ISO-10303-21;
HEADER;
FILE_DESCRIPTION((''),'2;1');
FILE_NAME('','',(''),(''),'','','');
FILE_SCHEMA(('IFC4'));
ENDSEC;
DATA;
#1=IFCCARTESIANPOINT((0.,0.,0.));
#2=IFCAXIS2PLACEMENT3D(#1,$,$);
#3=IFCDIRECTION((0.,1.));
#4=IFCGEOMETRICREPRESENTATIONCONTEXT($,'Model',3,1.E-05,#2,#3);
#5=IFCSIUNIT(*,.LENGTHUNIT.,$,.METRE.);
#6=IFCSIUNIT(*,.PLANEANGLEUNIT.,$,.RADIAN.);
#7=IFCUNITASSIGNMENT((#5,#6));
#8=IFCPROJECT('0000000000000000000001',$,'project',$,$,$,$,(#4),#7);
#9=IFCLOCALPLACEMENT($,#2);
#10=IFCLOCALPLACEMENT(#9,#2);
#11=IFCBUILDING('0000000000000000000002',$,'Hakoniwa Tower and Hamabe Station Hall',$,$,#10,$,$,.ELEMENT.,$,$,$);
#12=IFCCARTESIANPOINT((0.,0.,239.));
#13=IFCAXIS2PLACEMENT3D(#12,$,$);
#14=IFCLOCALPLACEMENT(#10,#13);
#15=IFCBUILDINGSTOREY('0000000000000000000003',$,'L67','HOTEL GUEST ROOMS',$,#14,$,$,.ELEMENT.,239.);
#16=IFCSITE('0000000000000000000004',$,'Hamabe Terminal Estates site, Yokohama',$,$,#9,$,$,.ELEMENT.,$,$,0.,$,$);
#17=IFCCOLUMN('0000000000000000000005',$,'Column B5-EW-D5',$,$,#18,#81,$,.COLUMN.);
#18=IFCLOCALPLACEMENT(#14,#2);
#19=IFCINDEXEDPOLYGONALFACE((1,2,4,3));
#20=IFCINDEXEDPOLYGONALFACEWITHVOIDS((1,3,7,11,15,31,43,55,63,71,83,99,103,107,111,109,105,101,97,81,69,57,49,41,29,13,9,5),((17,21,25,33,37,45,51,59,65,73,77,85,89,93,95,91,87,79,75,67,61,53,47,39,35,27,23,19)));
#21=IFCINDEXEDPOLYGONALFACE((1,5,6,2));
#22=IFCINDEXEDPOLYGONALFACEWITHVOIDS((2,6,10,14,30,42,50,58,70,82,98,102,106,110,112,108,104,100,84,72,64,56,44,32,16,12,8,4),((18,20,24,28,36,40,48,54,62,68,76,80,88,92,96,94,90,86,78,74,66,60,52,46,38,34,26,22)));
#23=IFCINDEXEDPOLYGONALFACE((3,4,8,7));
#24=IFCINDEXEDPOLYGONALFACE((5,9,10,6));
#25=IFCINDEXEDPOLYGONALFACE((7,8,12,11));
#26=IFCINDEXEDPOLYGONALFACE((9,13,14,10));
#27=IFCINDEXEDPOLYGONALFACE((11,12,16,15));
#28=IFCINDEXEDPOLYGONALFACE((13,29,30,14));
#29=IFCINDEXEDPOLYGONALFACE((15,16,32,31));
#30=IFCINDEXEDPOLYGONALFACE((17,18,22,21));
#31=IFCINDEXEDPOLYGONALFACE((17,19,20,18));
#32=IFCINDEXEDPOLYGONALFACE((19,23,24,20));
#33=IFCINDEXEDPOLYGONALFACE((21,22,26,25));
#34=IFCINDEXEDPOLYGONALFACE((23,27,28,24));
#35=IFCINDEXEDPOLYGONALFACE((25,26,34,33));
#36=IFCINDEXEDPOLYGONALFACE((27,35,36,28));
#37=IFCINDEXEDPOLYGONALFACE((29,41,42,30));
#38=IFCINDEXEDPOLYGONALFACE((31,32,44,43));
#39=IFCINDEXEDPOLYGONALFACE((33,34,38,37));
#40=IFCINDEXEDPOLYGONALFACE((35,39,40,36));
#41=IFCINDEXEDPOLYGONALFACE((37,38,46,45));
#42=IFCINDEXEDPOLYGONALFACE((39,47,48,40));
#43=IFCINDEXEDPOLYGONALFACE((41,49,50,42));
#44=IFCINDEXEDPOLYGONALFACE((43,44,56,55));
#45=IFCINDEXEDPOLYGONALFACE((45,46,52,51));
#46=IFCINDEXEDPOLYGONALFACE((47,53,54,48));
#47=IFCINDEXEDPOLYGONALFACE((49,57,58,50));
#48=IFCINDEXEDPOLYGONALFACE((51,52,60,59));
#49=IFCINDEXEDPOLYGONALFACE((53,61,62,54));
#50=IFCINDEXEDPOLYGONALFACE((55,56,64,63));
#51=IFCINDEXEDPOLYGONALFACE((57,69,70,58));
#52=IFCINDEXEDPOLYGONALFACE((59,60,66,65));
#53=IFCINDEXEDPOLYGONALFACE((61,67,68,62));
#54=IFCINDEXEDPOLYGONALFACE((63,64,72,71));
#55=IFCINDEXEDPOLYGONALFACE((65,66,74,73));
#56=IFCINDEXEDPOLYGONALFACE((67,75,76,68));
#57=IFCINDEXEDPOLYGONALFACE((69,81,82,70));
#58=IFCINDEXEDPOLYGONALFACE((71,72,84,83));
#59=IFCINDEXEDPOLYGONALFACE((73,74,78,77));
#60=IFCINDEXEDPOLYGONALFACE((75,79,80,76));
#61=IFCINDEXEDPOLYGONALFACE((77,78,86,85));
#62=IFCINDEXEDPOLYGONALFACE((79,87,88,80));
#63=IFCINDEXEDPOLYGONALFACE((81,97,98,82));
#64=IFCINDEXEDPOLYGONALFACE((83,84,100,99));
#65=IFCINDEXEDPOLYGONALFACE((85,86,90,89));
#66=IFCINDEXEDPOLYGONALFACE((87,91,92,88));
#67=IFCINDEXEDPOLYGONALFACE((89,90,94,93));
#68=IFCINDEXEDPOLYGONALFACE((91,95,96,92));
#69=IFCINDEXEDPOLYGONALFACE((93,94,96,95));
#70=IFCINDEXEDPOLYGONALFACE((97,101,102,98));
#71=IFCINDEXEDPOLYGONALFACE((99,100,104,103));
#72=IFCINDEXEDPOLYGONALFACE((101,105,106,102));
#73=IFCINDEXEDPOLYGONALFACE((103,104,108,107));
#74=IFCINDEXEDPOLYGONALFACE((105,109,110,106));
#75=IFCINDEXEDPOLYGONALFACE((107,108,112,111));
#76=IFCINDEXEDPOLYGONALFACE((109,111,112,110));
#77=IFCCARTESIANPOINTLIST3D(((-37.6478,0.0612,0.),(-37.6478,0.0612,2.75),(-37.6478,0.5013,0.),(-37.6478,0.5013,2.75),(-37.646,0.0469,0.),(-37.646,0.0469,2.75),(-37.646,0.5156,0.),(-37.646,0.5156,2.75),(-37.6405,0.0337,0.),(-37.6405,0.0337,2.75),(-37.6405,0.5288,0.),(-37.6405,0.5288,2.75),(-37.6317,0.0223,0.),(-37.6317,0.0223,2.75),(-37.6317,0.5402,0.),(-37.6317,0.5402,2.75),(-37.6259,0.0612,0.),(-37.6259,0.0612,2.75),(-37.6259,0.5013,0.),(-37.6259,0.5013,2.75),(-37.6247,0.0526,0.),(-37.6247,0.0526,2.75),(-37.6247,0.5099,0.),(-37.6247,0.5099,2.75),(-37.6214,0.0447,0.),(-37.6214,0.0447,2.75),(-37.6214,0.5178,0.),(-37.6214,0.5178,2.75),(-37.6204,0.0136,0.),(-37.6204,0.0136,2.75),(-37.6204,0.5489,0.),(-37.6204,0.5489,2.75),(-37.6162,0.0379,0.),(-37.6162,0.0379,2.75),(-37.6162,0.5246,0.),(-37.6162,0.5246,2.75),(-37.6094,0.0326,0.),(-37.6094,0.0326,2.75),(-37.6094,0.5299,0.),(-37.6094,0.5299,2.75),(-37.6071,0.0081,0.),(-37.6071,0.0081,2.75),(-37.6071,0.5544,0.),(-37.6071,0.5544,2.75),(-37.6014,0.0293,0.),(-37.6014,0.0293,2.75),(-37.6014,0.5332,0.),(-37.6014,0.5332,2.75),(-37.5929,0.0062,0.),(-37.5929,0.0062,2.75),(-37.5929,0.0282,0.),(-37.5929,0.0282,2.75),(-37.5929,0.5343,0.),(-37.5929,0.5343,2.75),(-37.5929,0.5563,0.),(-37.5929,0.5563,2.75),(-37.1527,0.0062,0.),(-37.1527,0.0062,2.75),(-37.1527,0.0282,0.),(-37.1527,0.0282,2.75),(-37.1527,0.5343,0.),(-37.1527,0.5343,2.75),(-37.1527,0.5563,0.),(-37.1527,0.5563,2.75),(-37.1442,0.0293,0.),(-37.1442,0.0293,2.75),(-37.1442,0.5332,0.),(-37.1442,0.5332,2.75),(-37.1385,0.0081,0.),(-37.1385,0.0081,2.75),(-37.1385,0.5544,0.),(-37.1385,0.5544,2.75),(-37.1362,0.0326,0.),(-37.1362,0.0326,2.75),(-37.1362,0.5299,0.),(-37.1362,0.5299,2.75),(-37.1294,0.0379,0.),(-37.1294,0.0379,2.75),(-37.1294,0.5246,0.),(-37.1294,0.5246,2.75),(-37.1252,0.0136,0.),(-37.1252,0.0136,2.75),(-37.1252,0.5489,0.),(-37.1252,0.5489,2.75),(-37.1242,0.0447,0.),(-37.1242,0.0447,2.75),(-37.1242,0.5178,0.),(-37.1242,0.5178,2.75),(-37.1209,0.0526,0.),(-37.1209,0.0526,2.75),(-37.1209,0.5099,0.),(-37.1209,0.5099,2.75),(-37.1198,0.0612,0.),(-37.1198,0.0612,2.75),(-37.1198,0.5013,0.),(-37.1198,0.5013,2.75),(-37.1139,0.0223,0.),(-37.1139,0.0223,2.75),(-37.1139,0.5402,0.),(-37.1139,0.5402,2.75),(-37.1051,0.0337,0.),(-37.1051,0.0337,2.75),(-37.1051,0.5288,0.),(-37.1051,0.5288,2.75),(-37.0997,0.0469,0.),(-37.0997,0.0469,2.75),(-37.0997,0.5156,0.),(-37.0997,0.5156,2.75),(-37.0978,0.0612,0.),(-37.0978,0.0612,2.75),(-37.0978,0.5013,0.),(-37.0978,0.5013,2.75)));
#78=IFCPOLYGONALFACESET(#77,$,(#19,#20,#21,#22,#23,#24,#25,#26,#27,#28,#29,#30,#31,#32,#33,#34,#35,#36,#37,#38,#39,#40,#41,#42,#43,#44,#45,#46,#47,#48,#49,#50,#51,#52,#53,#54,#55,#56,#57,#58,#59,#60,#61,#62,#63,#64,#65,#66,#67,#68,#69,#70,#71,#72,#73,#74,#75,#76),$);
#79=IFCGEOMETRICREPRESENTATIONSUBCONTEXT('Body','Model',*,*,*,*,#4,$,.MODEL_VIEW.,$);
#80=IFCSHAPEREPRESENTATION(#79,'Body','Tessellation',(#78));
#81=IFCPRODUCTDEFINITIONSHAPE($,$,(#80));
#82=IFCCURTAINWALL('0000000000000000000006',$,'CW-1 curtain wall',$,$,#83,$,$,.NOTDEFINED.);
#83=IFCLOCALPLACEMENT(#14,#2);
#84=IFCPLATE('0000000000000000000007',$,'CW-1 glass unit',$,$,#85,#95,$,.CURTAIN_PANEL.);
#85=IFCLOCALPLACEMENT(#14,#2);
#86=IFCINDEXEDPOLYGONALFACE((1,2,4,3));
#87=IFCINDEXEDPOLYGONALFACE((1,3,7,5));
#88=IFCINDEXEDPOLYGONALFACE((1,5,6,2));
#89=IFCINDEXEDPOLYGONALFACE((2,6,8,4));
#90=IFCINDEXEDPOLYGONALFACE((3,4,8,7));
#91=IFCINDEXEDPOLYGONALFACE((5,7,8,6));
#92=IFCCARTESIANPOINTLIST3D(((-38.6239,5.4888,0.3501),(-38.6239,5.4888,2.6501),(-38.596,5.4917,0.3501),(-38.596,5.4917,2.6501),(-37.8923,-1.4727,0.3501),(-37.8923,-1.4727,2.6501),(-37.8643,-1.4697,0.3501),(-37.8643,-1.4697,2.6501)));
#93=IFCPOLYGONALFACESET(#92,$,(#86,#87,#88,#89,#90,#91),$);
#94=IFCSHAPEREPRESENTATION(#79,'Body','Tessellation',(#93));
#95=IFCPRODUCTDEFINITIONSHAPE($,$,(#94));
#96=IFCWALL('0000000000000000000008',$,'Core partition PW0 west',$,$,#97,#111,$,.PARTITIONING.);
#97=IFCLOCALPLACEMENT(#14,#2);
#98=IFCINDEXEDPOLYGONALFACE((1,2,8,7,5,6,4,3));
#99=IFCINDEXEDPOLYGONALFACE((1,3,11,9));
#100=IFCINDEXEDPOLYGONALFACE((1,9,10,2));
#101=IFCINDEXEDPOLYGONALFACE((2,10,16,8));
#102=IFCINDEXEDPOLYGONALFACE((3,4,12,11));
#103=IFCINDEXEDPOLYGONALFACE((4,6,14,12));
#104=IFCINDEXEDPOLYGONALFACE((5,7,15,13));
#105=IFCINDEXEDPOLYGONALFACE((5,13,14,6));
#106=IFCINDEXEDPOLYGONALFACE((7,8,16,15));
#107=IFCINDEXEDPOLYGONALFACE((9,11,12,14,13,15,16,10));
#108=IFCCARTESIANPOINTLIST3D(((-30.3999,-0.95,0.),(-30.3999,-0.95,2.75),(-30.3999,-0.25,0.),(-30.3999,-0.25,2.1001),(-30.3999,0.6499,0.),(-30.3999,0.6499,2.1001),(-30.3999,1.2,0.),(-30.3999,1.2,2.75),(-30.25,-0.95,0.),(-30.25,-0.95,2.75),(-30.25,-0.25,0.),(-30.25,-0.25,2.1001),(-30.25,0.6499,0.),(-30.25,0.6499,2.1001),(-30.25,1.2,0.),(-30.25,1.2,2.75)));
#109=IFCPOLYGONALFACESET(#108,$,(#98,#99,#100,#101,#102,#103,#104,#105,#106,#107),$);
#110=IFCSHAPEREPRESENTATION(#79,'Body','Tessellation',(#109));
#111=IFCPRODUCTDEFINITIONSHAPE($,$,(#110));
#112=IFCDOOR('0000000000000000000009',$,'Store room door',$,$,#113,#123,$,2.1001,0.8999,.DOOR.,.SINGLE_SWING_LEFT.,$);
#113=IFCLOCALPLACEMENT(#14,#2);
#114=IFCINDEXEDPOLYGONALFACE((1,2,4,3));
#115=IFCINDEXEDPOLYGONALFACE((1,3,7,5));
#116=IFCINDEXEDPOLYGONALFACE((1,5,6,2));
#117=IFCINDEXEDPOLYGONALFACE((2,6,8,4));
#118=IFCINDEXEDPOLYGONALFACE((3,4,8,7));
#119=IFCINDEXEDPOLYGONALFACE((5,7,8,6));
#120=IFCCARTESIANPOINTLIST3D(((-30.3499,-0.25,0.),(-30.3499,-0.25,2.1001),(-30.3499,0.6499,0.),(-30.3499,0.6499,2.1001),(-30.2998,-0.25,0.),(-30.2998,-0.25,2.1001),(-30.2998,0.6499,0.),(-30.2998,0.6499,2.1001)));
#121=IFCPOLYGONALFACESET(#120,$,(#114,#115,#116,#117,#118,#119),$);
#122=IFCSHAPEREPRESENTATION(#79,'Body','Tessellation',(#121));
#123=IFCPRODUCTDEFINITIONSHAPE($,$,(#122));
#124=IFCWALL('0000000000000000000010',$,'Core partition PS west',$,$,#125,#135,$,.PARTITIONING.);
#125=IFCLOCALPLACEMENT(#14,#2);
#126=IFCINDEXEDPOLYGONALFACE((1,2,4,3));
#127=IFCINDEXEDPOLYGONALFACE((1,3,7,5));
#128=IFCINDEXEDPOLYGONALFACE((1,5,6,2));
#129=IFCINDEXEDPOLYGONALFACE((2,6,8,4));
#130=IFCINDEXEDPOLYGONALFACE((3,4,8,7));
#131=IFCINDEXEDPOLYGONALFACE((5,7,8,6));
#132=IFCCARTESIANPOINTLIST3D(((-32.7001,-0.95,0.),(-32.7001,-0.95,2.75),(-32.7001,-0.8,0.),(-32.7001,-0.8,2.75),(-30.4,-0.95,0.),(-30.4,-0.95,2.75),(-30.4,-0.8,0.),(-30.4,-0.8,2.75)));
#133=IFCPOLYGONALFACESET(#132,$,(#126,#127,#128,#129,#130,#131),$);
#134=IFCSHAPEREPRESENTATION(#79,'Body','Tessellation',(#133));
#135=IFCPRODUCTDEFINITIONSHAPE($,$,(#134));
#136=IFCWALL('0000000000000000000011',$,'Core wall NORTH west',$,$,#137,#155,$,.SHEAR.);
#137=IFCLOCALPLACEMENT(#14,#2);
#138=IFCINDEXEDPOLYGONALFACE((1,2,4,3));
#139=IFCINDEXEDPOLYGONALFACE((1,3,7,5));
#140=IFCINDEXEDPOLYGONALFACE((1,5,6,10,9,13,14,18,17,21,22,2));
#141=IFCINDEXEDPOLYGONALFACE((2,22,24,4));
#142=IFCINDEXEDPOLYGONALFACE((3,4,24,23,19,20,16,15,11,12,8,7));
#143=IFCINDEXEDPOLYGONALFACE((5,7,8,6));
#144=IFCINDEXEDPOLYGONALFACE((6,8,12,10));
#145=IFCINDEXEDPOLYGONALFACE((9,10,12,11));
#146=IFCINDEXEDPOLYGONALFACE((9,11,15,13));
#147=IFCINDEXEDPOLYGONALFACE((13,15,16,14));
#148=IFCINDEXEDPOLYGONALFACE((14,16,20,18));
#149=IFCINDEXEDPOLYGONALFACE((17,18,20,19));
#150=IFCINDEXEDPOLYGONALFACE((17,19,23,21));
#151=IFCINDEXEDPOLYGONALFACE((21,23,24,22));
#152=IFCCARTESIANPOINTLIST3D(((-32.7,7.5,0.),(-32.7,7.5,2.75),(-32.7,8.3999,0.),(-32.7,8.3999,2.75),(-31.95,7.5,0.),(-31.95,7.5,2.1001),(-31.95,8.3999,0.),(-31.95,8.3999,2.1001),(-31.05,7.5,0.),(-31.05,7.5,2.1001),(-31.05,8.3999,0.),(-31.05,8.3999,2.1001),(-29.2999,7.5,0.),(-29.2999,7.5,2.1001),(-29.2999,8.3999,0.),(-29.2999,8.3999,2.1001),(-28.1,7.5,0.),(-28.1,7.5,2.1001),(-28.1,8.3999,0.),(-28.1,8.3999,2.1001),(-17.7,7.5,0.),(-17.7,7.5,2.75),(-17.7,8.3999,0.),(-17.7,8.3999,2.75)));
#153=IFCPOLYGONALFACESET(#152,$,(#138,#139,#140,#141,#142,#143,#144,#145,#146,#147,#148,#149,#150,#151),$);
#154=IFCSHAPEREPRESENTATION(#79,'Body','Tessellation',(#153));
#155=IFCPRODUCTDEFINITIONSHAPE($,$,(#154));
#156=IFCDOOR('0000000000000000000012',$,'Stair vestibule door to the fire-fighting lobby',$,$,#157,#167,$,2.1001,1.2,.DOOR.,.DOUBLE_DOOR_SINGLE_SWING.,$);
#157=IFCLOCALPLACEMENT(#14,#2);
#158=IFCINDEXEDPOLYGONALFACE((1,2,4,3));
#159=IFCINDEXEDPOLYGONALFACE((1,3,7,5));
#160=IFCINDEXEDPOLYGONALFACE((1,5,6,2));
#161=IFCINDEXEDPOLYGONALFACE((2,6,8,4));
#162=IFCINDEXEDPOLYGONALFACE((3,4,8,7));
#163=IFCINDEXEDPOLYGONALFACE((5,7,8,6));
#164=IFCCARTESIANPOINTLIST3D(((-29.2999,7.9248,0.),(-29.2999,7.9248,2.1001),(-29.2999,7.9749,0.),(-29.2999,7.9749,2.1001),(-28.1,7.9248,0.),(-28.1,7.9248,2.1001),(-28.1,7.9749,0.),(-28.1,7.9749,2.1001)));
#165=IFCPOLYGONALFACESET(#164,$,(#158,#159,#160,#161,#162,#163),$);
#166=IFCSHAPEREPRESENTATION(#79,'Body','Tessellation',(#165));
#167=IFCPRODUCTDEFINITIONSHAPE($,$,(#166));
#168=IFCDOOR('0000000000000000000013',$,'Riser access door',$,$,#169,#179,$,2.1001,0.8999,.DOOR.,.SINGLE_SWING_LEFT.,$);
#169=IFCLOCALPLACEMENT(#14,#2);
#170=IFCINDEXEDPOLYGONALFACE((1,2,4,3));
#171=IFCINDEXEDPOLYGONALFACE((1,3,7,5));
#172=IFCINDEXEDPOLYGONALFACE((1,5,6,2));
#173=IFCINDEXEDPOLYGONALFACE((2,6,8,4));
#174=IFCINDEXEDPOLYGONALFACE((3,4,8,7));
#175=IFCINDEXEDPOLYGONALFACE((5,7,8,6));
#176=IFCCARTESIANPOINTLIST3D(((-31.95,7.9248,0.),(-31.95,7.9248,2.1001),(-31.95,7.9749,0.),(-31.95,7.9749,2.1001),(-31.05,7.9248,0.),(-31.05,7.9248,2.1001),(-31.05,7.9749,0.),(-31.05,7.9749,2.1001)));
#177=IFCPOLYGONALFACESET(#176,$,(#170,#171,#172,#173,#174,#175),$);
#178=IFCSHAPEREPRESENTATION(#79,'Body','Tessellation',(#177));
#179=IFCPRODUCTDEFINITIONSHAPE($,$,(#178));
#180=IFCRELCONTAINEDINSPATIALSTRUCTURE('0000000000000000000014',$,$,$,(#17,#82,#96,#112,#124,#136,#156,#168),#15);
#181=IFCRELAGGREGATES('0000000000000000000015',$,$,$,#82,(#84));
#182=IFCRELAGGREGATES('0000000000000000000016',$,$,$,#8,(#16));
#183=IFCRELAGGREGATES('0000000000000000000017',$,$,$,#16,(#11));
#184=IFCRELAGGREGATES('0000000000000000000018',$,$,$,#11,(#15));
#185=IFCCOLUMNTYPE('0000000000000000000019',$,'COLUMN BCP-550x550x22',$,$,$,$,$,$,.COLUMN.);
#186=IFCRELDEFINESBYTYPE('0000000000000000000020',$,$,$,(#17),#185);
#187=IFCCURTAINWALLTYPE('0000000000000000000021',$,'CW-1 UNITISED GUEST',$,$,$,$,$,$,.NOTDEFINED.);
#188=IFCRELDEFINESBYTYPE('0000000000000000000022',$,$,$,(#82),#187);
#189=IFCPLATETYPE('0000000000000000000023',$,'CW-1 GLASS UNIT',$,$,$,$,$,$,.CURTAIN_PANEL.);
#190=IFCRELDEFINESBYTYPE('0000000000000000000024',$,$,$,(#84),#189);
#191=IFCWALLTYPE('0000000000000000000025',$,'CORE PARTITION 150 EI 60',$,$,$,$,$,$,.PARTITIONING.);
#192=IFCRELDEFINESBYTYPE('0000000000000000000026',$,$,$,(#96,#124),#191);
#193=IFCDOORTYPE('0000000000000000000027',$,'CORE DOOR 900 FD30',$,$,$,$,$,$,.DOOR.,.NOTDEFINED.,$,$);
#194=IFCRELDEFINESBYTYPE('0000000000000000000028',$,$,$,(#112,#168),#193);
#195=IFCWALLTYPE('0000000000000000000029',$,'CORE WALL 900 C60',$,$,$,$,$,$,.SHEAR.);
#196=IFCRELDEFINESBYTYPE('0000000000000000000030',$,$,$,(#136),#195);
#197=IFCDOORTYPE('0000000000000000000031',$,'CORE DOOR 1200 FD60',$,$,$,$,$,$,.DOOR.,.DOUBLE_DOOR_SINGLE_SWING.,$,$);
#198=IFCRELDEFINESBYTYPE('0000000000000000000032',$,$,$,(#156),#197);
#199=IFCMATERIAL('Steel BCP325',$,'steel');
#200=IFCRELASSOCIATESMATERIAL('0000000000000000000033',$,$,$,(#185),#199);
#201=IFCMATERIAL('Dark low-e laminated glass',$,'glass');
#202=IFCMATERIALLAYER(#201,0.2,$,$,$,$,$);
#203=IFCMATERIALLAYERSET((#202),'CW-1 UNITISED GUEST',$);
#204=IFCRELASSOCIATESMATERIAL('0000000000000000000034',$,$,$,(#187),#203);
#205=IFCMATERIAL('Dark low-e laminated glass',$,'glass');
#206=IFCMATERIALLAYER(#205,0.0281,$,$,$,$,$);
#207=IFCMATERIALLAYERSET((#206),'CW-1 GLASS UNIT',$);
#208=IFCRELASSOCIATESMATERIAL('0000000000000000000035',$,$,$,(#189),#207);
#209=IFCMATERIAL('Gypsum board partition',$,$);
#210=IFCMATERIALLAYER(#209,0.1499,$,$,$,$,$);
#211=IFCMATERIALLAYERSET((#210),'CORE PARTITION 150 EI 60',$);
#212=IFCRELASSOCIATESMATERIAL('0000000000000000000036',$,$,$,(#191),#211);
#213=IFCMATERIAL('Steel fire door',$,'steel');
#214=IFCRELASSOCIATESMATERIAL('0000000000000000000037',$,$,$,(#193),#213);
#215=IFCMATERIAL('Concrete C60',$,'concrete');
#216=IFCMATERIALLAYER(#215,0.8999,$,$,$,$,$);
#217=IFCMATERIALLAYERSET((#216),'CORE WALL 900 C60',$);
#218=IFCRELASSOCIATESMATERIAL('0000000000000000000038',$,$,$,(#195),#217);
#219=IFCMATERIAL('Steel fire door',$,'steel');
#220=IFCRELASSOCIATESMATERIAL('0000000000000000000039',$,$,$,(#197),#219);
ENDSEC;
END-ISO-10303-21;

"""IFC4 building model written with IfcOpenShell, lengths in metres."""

from ifc_helpers import new_model, si_unit, direction, frame, frame_2d, origin, origin_2d, place, context, subcontext, project, spatial, rectangle, hollow_rectangle, extrude, material, layer, layer_set, material_profile, profile_set, type_object, element, fill, aggregate, save


model = new_model("IFC4")

# Units and contexts
model_context = context("Model", 3, precision=1e-05, world=origin(), true_north=direction((0.0, 1.0)))
body_context = subcontext(model_context, "Body", "Model", "MODEL_VIEW")
ifc_project = project(units=[si_unit("LENGTHUNIT", "METRE"), si_unit("PLANEANGLEUNIT", "RADIAN")], contexts=[model_context])

# Site, building, storey
site_placement = place(None, origin())
site = spatial("IfcSite", under=ifc_project, at=site_placement, Name="Hamabe Terminal Estates site, Yokohama", CompositionType="ELEMENT", RefElevation=0.0)
building_placement = place(site_placement, origin())
building = spatial("IfcBuilding", under=site, at=building_placement, Name="Hakoniwa Tower and Hamabe Station Hall", CompositionType="ELEMENT")
storey_placement = place(building_placement, frame((0.0, 0.0, 239.0)))
storey = spatial("IfcBuildingStorey", under=building, at=storey_placement, Name="L67", Description="HOTEL GUEST ROOMS", CompositionType="ELEMENT", Elevation=239.0)

# Column
ifc_material_1 = material(Name="Steel BCP325", Category="steel")
ifc_material_profile = material_profile(ifc_material_1, hollow_rectangle(XDim=0.55, YDim=0.55, WallThickness=0.022, InnerFilletRadius=0.033, OuterFilletRadius=0.0549, at=origin_2d()), Name="BCP-550x550x22")
ifc_profile_set = profile_set([ifc_material_profile], Name="Steel BCP325")
column_type = type_object("IfcColumnType", Name="COLUMN BCP-550x550x22", PredefinedType="COLUMN", material=ifc_profile_set)
column_placement = place(storey_placement, frame((-37.3728, 0.2812, 0.0), z_axis=(0.0, 0.0, 1.0), x_axis=(1.0, 0.0, 0.0)))
element("IfcColumn", 1, at=column_placement, inside=storey, type_object=column_type, Name="Column B5-EW-D5", PredefinedType="COLUMN", context=body_context, shape_type="SweptSolid", body=[
    extrude(hollow_rectangle(XDim=0.55, YDim=0.55, WallThickness=0.022, InnerFilletRadius=0.033, OuterFilletRadius=0.0549, at=origin_2d()), origin(), (0.0, 0.0, 1.0), 2.75),
])

# Curtain wall, plate
ifc_material_2 = material(Name="Dark low-e laminated glass", Category="glass")
ifc_layer_1 = layer(ifc_material_2, 0.2)
ifc_layer_set_1 = layer_set([ifc_layer_1], Name="CW-1 UNITISED GUEST")
curtain_wall_type = type_object("IfcCurtainWallType", Name="CW-1 UNITISED GUEST", PredefinedType="NOTDEFINED", material=ifc_layer_set_1)
curtain_wall_placement = place(storey_placement, origin())
curtain_wall = element("IfcCurtainWall", 2, at=curtain_wall_placement, inside=storey, type_object=curtain_wall_type, Name="CW-1 curtain wall", PredefinedType="NOTDEFINED")
ifc_material_3 = material(Name="Dark low-e laminated glass", Category="glass")
ifc_layer_2 = layer(ifc_material_3, 0.0281)
ifc_layer_set_2 = layer_set([ifc_layer_2], Name="CW-1 GLASS UNIT")
plate_type = type_object("IfcPlateType", Name="CW-1 GLASS UNIT", PredefinedType="CURTAIN_PANEL", material=ifc_layer_set_2)
plate_placement = place(storey_placement, frame((-38.2441, 2.0095, 0.3501), z_axis=(0.0, 0.0, 1.0), x_axis=(0.104528, -0.994522, 0.0)))
plate = element("IfcPlate", 3, at=plate_placement, type_object=plate_type, Name="CW-1 glass unit", PredefinedType="CURTAIN_PANEL", context=body_context, shape_type="SweptSolid", body=[
    extrude(rectangle(XDim=6.9998, YDim=0.0281, at=origin_2d()), origin(), (0.0, 0.0, 1.0), 2.3),
])
aggregate(curtain_wall, [plate])

# Wall, opening, door
ifc_material_4 = material(Name="Gypsum board partition")
ifc_layer_3 = layer(ifc_material_4, 0.1499)
ifc_layer_set_3 = layer_set([ifc_layer_3], Name="CORE PARTITION 150 EI 60")
wall_type_1 = type_object("IfcWallType", Name="CORE PARTITION 150 EI 60", PredefinedType="PARTITIONING", material=ifc_layer_set_3)
wall_1_placement = place(storey_placement, frame((-30.325, -0.95, 0.0), z_axis=(0.0, 0.0, 1.0), x_axis=(0.0, 1.0, 0.0)))
wall_1 = element("IfcWall", 4, at=wall_1_placement, inside=storey, type_object=wall_type_1, Name="Core partition PW0 west", PredefinedType="PARTITIONING", context=body_context, shape_type="SweptSolid", body=[
    extrude(rectangle(XDim=2.1499, YDim=0.1499, at=frame_2d((1.075, 0.0))), origin(), (0.0, 0.0, 1.0), 2.75),
])
opening_1_placement = place(wall_1_placement, frame((0.7, 0.0, 0.0)))
opening_1 = element("IfcOpeningElement", 5, at=opening_1_placement, cuts=wall_1, PredefinedType="OPENING", context=body_context, shape_type="SweptSolid", body=[
    extrude(rectangle(XDim=0.8999, YDim=2.1001, at=frame_2d((0.45, 1.05))), frame((0.0, 0.085, 0.0), z_axis=(0.0, -1.0, 0.0), x_axis=(1.0, 0.0, 0.0)), (0.0, 0.0, 1.0), 0.1699),
])
ifc_material_5 = material(Name="Steel fire door", Category="steel")
door_type_1 = type_object("IfcDoorType", Name="CORE DOOR 900 FD30", OperationType="NOTDEFINED", PredefinedType="DOOR", material=ifc_material_5)
door_1_placement = place(opening_1_placement, origin())
door_1 = element("IfcDoor", 6, at=door_1_placement, inside=storey, type_object=door_type_1, Name="Store room door", OperationType="SINGLE_SWING_LEFT", OverallHeight=2.1001, OverallWidth=0.8999, PredefinedType="DOOR", context=body_context, shape_type="SweptSolid", body=[
    extrude(rectangle(XDim=0.8999, YDim=2.1001, at=frame_2d((0.45, 1.05))), frame((0.0, 0.0249, 0.0), z_axis=(0.0, -1.0, 0.0), x_axis=(1.0, 0.0, 0.0)), (0.0, 0.0, 1.0), 0.05),
])
fill(opening_1, door_1)

# Wall
wall_2_placement = place(storey_placement, frame((-32.7, -0.875, 0.0), z_axis=(0.0, 0.0, 1.0), x_axis=(1.0, 0.0, 0.0)))
element("IfcWall", 7, at=wall_2_placement, inside=storey, type_object=wall_type_1, Name="Core partition PS west", PredefinedType="PARTITIONING", context=body_context, shape_type="SweptSolid", body=[
    extrude(rectangle(XDim=2.3, YDim=0.1499, at=frame_2d((1.1499, 0.0))), origin(), (0.0, 0.0, 1.0), 2.75),
])

# Wall, openings, doors
ifc_material_6 = material(Name="Concrete C60", Category="concrete")
ifc_layer_4 = layer(ifc_material_6, 0.8999)
ifc_layer_set_4 = layer_set([ifc_layer_4], Name="CORE WALL 900 C60")
wall_type_2 = type_object("IfcWallType", Name="CORE WALL 900 C60", PredefinedType="SHEAR", material=ifc_layer_set_4)
wall_3_placement = place(storey_placement, frame((-32.7, 7.95, 0.0), z_axis=(0.0, 0.0, 1.0), x_axis=(1.0, 0.0, 0.0)))
wall_3 = element("IfcWall", 8, at=wall_3_placement, inside=storey, type_object=wall_type_2, Name="Core wall NORTH west", PredefinedType="SHEAR", context=body_context, shape_type="SweptSolid", body=[
    extrude(rectangle(XDim=15.0, YDim=0.8999, at=frame_2d((7.5, 0.0))), origin(), (0.0, 0.0, 1.0), 2.75),
])
opening_2_placement = place(wall_3_placement, frame((3.3999, 0.0, 0.0)))
opening_2 = element("IfcOpeningElement", 9, at=opening_2_placement, cuts=wall_3, PredefinedType="OPENING", context=body_context, shape_type="SweptSolid", body=[
    extrude(rectangle(XDim=1.2, YDim=2.1001, at=frame_2d((0.6001, 1.05))), frame((0.0, 0.46, 0.0), z_axis=(0.0, -1.0, 0.0), x_axis=(1.0, 0.0, 0.0)), (0.0, 0.0, 1.0), 0.9199),
])
opening_3_placement = place(wall_3_placement, frame((0.75, 0.0, 0.0)))
opening_3 = element("IfcOpeningElement", 10, at=opening_3_placement, cuts=wall_3, PredefinedType="OPENING", context=body_context, shape_type="SweptSolid", body=[
    extrude(rectangle(XDim=0.8999, YDim=2.1001, at=frame_2d((0.45, 1.05))), frame((0.0, 0.46, 0.0), z_axis=(0.0, -1.0, 0.0), x_axis=(1.0, 0.0, 0.0)), (0.0, 0.0, 1.0), 0.9199),
])
ifc_material_7 = material(Name="Steel fire door", Category="steel")
door_type_2 = type_object("IfcDoorType", Name="CORE DOOR 1200 FD60", OperationType="DOUBLE_DOOR_SINGLE_SWING", PredefinedType="DOOR", material=ifc_material_7)
door_2_placement = place(opening_2_placement, origin())
door_2 = element("IfcDoor", 11, at=door_2_placement, inside=storey, type_object=door_type_2, Name="Stair vestibule door to the fire-fighting lobby", OperationType="DOUBLE_DOOR_SINGLE_SWING", OverallHeight=2.1001, OverallWidth=1.2, PredefinedType="DOOR", context=body_context, shape_type="SweptSolid", body=[
    extrude(rectangle(XDim=1.2, YDim=2.1001, at=frame_2d((0.6001, 1.05))), frame((0.0, 0.0249, 0.0), z_axis=(0.0, -1.0, 0.0), x_axis=(1.0, 0.0, 0.0)), (0.0, 0.0, 1.0), 0.05),
])
fill(opening_2, door_2)
door_3_placement = place(opening_3_placement, origin())
door_3 = element("IfcDoor", 12, at=door_3_placement, inside=storey, type_object=door_type_1, Name="Riser access door", OperationType="SINGLE_SWING_LEFT", OverallHeight=2.1001, OverallWidth=0.8999, PredefinedType="DOOR", context=body_context, shape_type="SweptSolid", body=[
    extrude(rectangle(XDim=0.8999, YDim=2.1001, at=frame_2d((0.45, 1.05))), frame((0.0, 0.0249, 0.0), z_axis=(0.0, -1.0, 0.0), x_axis=(1.0, 0.0, 0.0)), (0.0, 0.0, 1.0), 0.05),
])
fill(opening_3, door_3)

save(model, "model.ifc")
